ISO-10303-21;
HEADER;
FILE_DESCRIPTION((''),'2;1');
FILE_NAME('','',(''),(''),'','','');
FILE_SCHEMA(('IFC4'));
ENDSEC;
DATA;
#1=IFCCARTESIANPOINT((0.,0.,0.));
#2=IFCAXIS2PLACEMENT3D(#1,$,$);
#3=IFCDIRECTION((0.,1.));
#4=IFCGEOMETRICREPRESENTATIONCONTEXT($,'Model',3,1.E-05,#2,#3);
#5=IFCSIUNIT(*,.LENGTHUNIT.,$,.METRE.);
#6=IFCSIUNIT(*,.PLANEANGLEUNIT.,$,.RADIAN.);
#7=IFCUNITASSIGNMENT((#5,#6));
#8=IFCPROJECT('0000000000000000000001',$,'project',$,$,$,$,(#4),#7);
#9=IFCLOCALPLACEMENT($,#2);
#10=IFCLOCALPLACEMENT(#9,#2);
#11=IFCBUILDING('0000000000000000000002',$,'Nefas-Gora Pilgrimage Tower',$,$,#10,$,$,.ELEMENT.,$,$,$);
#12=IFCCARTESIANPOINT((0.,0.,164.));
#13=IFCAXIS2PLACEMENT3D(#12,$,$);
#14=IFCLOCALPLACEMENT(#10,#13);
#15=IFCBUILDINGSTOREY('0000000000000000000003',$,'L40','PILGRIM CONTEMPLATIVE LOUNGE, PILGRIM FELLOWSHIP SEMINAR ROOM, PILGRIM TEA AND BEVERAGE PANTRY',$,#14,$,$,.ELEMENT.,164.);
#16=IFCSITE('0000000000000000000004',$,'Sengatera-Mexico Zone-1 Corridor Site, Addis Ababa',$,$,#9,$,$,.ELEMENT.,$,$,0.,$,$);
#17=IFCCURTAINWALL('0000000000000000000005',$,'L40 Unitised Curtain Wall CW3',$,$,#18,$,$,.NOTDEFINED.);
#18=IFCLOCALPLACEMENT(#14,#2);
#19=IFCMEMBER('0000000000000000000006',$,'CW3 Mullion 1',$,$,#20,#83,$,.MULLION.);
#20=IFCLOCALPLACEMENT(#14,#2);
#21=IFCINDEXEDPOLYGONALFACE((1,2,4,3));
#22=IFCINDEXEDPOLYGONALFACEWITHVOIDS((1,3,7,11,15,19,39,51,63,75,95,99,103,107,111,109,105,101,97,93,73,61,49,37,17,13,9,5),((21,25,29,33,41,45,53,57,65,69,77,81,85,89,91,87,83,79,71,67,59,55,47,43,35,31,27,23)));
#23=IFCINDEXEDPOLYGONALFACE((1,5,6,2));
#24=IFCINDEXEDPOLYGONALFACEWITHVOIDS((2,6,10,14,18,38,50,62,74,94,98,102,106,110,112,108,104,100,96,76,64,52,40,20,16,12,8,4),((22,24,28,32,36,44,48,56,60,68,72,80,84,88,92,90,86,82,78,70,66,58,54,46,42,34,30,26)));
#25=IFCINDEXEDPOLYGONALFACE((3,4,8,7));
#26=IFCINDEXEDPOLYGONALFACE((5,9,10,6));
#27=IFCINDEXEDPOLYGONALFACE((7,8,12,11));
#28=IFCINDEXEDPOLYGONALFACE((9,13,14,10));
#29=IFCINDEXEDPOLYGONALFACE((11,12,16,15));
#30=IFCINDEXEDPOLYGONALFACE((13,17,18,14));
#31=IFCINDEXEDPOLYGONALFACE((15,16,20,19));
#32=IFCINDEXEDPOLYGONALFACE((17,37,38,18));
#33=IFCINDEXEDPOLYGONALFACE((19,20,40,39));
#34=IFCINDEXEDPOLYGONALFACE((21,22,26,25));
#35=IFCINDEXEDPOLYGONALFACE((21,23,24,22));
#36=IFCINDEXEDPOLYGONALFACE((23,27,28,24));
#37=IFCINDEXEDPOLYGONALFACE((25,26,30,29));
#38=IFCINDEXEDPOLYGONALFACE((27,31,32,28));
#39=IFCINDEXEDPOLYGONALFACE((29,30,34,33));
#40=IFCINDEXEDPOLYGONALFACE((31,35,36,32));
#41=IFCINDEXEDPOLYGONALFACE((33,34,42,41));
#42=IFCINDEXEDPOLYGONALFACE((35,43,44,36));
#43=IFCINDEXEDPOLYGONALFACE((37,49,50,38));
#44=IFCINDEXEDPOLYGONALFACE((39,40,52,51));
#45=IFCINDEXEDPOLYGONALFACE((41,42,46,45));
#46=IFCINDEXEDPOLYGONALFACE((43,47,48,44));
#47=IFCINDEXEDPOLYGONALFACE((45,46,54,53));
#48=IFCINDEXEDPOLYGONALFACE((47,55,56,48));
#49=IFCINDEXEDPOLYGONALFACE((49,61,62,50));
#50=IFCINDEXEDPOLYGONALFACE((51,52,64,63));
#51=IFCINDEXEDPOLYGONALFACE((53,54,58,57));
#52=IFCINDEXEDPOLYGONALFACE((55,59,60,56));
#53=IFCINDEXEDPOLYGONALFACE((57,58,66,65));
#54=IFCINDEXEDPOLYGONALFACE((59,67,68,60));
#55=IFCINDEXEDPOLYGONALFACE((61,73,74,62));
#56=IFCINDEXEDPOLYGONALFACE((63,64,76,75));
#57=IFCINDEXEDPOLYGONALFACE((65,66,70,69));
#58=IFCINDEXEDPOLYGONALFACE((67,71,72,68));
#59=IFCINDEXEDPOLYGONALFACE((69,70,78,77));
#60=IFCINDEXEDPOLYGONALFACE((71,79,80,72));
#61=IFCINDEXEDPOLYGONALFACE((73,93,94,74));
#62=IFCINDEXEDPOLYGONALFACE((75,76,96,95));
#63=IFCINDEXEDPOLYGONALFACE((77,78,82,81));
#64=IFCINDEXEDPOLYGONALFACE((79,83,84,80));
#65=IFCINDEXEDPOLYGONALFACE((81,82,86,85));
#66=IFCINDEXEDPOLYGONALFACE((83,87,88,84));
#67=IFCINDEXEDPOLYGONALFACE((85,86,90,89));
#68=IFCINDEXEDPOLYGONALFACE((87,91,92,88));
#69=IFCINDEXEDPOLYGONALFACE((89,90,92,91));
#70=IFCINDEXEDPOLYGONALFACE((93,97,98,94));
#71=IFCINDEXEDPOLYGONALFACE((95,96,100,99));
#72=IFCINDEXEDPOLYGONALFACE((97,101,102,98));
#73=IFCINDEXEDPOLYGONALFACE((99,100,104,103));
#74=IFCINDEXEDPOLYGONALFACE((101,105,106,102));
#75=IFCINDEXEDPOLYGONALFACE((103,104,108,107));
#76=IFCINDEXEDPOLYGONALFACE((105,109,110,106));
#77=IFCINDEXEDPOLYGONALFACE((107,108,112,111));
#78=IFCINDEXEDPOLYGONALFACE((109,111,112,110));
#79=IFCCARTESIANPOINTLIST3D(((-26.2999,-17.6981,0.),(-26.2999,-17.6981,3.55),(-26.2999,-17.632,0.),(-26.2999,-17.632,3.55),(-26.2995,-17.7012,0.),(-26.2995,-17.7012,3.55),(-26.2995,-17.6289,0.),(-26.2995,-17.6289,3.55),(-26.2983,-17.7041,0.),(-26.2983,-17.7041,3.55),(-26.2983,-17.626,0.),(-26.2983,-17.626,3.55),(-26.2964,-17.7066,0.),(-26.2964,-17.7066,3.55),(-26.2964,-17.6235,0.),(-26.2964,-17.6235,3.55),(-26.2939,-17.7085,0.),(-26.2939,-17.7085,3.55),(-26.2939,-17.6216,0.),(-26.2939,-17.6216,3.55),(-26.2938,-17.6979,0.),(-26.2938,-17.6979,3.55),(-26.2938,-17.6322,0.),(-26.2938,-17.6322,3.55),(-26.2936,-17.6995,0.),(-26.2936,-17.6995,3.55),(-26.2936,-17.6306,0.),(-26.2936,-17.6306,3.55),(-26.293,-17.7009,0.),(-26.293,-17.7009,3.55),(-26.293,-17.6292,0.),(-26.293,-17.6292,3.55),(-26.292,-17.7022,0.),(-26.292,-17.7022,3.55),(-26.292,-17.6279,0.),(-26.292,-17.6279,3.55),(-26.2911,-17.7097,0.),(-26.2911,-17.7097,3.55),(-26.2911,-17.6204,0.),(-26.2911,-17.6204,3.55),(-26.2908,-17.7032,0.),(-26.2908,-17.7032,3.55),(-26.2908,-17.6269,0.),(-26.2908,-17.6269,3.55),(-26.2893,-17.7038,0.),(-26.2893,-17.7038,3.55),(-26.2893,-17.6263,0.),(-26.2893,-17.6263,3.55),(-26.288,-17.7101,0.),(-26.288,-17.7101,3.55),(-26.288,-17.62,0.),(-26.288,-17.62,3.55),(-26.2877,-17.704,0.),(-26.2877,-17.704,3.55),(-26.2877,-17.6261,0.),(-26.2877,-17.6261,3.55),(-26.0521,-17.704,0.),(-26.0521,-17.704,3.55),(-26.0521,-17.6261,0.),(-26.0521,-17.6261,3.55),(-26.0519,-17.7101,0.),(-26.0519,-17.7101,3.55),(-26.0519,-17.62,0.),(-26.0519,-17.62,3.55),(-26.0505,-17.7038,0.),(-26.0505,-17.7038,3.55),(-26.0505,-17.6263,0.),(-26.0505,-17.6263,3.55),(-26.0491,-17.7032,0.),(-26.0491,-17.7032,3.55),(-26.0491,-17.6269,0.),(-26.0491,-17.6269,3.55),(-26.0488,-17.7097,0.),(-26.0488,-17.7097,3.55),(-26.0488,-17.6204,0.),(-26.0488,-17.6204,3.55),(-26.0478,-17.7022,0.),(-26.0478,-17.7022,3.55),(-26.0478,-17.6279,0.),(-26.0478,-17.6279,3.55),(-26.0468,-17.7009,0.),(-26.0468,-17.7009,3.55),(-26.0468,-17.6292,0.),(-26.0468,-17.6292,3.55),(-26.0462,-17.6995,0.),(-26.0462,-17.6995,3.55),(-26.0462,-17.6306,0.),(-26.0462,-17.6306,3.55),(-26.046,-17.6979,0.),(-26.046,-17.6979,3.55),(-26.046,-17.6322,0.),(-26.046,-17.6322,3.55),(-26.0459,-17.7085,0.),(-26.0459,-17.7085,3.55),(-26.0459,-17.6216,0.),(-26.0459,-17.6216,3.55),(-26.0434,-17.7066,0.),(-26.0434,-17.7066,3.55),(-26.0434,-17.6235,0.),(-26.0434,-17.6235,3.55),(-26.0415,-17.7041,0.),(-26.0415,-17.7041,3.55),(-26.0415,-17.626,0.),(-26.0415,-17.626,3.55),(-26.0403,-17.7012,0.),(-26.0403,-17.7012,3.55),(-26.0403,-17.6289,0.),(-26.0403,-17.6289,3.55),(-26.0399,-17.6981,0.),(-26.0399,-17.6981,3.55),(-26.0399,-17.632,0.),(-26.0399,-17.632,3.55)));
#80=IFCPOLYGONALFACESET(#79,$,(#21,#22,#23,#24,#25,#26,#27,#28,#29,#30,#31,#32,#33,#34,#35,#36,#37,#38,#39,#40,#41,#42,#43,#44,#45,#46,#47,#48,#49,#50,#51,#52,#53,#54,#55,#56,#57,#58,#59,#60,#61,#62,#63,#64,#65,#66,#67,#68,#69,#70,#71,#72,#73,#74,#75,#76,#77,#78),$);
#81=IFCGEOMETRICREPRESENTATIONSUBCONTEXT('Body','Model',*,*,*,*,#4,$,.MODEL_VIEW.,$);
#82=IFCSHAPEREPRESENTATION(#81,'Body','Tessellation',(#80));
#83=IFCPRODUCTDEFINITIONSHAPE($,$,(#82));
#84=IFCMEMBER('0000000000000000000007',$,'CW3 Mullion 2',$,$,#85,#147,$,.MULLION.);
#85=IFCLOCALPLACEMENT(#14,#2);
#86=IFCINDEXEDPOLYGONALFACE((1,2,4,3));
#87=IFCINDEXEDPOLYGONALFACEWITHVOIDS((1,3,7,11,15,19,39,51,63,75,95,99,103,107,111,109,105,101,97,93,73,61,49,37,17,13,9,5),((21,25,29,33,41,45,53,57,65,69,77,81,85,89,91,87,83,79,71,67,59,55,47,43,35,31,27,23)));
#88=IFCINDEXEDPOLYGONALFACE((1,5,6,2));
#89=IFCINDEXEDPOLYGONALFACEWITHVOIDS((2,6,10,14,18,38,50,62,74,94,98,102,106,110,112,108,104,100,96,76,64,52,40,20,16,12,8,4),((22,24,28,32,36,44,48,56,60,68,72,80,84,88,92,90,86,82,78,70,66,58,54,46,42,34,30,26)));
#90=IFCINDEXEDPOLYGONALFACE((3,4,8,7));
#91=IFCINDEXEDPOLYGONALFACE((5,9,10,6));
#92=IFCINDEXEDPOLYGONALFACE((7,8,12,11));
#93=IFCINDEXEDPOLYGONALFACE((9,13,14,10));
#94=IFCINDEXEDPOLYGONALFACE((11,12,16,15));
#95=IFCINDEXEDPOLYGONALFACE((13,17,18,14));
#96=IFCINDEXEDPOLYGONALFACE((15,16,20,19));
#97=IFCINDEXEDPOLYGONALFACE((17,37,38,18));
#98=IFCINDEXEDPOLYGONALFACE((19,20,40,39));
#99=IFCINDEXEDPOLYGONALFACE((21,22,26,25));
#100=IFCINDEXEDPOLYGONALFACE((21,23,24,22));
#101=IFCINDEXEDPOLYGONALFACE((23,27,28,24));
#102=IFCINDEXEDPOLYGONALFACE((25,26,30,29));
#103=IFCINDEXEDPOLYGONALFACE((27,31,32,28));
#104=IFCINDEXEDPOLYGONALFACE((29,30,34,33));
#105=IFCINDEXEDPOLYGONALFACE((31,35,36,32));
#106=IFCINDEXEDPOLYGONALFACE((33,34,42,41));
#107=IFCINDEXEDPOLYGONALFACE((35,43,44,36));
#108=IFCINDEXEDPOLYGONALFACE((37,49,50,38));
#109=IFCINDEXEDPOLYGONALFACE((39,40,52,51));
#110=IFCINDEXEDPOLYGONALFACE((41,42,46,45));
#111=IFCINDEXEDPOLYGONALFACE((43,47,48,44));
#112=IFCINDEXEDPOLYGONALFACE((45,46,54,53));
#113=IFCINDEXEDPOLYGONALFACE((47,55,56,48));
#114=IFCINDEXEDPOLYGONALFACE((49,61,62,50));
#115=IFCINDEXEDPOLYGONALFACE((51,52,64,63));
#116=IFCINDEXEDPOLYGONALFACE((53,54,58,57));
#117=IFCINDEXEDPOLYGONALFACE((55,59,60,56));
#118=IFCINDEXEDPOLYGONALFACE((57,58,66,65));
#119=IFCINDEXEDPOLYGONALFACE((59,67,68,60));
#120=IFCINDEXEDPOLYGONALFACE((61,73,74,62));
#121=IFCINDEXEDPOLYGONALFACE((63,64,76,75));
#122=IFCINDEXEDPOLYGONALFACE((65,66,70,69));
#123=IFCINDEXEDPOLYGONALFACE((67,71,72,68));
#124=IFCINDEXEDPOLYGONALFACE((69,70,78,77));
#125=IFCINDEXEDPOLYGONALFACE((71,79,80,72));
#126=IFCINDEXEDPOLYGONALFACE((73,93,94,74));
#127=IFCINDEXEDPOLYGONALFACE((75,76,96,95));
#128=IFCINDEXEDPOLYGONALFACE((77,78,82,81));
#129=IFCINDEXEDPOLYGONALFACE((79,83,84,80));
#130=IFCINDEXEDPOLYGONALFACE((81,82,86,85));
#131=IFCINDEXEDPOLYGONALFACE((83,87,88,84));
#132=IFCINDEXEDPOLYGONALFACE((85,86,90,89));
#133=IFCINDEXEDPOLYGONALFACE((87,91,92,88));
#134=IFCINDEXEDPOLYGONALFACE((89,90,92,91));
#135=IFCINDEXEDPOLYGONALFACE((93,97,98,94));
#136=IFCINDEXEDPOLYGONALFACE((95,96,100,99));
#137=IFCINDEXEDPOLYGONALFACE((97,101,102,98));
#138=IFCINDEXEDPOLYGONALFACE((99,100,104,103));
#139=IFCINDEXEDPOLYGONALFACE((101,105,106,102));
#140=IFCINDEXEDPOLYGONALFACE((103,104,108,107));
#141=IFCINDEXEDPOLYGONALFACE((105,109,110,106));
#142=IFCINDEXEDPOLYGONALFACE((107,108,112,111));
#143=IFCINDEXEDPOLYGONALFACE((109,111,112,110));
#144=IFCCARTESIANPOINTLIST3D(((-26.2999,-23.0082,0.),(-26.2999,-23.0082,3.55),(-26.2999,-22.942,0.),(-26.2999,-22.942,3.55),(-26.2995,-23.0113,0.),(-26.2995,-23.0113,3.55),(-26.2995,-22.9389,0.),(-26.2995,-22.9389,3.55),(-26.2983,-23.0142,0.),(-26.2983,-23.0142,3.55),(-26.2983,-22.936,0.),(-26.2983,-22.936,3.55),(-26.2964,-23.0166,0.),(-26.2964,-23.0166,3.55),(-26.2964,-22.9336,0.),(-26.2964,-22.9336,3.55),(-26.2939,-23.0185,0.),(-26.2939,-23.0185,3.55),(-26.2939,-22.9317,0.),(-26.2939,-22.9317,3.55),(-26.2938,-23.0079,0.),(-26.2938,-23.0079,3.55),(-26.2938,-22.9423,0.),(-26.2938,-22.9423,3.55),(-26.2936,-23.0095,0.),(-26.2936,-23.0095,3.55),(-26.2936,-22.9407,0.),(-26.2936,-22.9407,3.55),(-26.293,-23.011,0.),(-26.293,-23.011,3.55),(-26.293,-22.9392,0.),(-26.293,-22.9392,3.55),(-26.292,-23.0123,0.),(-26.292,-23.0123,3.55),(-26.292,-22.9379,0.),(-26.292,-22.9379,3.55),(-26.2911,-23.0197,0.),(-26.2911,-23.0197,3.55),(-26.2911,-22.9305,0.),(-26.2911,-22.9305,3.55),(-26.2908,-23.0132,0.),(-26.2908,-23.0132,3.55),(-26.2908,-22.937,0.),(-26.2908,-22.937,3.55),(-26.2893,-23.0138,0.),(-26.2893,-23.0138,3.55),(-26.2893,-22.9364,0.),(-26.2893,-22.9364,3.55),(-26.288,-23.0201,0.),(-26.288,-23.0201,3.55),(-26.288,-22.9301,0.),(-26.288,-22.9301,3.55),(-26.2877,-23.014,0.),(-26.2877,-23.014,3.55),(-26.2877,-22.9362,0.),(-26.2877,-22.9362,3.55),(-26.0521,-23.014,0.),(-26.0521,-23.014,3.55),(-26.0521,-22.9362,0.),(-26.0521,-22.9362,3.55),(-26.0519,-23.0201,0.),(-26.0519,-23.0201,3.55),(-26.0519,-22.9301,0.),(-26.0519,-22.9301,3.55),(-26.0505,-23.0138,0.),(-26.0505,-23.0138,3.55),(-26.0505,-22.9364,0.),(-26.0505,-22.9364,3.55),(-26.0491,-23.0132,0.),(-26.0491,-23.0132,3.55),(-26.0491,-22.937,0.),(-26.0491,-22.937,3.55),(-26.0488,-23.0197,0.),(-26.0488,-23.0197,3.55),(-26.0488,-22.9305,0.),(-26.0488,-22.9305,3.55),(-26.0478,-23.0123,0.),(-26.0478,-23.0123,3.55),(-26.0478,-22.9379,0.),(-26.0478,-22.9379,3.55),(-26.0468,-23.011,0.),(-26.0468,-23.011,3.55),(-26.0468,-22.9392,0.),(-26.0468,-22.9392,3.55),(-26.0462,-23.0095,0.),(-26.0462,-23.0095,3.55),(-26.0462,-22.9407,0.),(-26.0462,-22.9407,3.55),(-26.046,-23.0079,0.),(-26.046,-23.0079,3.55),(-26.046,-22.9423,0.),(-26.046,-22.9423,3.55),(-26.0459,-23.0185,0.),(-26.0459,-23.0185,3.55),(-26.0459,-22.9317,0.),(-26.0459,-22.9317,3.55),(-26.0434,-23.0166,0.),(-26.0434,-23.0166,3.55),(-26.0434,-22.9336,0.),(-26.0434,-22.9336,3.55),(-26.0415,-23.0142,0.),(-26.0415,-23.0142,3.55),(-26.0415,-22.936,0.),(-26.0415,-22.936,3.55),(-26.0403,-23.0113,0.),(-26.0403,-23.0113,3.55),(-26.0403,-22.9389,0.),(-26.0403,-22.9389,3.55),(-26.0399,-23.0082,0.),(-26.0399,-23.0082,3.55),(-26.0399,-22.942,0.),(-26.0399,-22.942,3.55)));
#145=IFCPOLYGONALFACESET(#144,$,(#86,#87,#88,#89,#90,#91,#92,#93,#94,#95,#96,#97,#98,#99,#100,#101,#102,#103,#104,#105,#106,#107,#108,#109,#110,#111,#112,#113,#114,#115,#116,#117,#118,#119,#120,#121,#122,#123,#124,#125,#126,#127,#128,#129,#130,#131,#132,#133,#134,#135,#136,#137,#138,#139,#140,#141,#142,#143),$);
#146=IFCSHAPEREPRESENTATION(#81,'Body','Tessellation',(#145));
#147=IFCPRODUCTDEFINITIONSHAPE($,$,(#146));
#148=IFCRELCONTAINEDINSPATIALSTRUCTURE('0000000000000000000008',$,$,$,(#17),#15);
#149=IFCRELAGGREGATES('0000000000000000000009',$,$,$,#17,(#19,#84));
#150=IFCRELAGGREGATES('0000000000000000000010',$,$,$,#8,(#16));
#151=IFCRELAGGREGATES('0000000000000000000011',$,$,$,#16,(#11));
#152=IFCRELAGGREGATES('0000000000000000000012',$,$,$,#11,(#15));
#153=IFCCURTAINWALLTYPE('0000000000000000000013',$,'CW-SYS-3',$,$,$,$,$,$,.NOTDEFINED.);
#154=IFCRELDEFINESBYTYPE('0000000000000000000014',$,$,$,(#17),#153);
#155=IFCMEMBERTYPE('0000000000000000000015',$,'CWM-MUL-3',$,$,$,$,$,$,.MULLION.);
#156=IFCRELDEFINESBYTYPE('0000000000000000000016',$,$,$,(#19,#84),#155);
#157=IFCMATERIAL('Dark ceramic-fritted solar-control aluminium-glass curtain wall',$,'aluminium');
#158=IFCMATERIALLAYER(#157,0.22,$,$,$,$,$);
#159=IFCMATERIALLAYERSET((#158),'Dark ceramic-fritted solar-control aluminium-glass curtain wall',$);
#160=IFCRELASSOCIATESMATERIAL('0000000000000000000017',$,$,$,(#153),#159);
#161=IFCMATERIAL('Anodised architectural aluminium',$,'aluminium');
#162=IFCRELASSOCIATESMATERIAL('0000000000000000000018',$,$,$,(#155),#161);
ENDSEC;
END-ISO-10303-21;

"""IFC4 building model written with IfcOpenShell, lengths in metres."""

from ifc_helpers import new_model, si_unit, direction, frame, origin, origin_2d, place, context, subcontext, project, spatial, hollow_rectangle, extrude, source, transform, mapped, material, layer, layer_set, material_profile, profile_set, type_object, element, aggregate, save


model = new_model("IFC4")

# Units and contexts
model_context = context("Model", 3, precision=1e-05, world=origin(), true_north=direction((0.0, 1.0)))
body_context = subcontext(model_context, "Body", "Model", "MODEL_VIEW")
ifc_project = project(units=[si_unit("LENGTHUNIT", "METRE"), si_unit("PLANEANGLEUNIT", "RADIAN")], contexts=[model_context])

# Site, building, storey
site_placement = place(None, origin())
site = spatial("IfcSite", under=ifc_project, at=site_placement, Name="Sengatera-Mexico Zone-1 Corridor Site, Addis Ababa", CompositionType="ELEMENT", RefElevation=0.0)
building_placement = place(site_placement, origin())
building = spatial("IfcBuilding", under=site, at=building_placement, Name="Nefas-Gora Pilgrimage Tower", CompositionType="ELEMENT")
storey_placement = place(building_placement, frame((0.0, 0.0, 164.0)))
storey = spatial("IfcBuildingStorey", under=building, at=storey_placement, Name="L40", Description="PILGRIM CONTEMPLATIVE LOUNGE, PILGRIM FELLOWSHIP SEMINAR ROOM, PILGRIM TEA AND BEVERAGE PANTRY", CompositionType="ELEMENT", Elevation=164.0)

# Shared definitions
ifc_material_1 = material(Name="Dark ceramic-fritted solar-control aluminium-glass curtain wall", Category="aluminium")
ifc_material_2 = material(Name="Anodised architectural aluminium", Category="aluminium")

# Shared definitions
ifc_layer_1 = layer(ifc_material_1, 0.22)
ifc_layer_set_1 = layer_set([ifc_layer_1], Name="Dark ceramic-fritted solar-control aluminium-glass curtain wall")
curtain_wall_type_1 = type_object("IfcCurtainWallType", Name="CW-SYS-3", PredefinedType="NOTDEFINED", material=ifc_layer_set_1)
ifc_material_profile_1 = material_profile(ifc_material_2, hollow_rectangle(XDim=0.0901, YDim=0.26, WallThickness=0.0061, InnerFilletRadius=0.0061, OuterFilletRadius=0.012, at=origin_2d()), Name="ALU MULLION 90x260")
ifc_profile_set_1 = profile_set([ifc_material_profile_1], Name="Anodised architectural aluminium")
member_type_1 = type_object("IfcMemberType", Name="CWM-MUL-3", PredefinedType="MULLION", material=ifc_profile_set_1)
shared_shape_1 = source(origin(), body_context, "Body", "SweptSolid", [
    extrude(hollow_rectangle(XDim=0.0901, YDim=0.26, WallThickness=0.0061, InnerFilletRadius=0.0061, OuterFilletRadius=0.012, at=origin_2d()), origin(), (0.0, 0.0, 1.0), 3.55),
])

# Curtain wall, members
curtain_wall_1_placement = place(storey_placement, origin())
curtain_wall_1 = element("IfcCurtainWall", 1, at=curtain_wall_1_placement, inside=storey, type_object=curtain_wall_type_1, Name="L40 Unitised Curtain Wall CW3", PredefinedType="NOTDEFINED")
member_1_placement = place(storey_placement, frame((-26.1699, -17.665, 0.0), z_axis=(0.0, 0.0, 1.0), x_axis=(0.0, -1.0, 0.0)))
member_1 = element("IfcMember", 2, at=member_1_placement, type_object=member_type_1, Name="CW3 Mullion 1", PredefinedType="MULLION", context=body_context, shape_type="MappedRepresentation", body=[
    mapped(shared_shape_1, transform((0.0, 0.0, 0.0), x_axis=(1.0, 0.0, 0.0), y_axis=(0.0, 1.0, 0.0), z_axis=(0.0, 0.0, 1.0), scale=1.0)),
])
member_2_placement = place(storey_placement, frame((-26.1699, -22.9751, 0.0), z_axis=(0.0, 0.0, 1.0), x_axis=(0.0, -1.0, 0.0)))
member_2 = element("IfcMember", 3, at=member_2_placement, type_object=member_type_1, Name="CW3 Mullion 2", PredefinedType="MULLION", context=body_context, shape_type="MappedRepresentation", body=[
    mapped(shared_shape_1, transform((0.0, 0.0, 0.0), x_axis=(1.0, 0.0, 0.0), y_axis=(0.0, 1.0, 0.0), z_axis=(0.0, 0.0, 1.0), scale=1.0)),
])

aggregate(curtain_wall_1, [member_1, member_2])

save(model, "model.ifc")
